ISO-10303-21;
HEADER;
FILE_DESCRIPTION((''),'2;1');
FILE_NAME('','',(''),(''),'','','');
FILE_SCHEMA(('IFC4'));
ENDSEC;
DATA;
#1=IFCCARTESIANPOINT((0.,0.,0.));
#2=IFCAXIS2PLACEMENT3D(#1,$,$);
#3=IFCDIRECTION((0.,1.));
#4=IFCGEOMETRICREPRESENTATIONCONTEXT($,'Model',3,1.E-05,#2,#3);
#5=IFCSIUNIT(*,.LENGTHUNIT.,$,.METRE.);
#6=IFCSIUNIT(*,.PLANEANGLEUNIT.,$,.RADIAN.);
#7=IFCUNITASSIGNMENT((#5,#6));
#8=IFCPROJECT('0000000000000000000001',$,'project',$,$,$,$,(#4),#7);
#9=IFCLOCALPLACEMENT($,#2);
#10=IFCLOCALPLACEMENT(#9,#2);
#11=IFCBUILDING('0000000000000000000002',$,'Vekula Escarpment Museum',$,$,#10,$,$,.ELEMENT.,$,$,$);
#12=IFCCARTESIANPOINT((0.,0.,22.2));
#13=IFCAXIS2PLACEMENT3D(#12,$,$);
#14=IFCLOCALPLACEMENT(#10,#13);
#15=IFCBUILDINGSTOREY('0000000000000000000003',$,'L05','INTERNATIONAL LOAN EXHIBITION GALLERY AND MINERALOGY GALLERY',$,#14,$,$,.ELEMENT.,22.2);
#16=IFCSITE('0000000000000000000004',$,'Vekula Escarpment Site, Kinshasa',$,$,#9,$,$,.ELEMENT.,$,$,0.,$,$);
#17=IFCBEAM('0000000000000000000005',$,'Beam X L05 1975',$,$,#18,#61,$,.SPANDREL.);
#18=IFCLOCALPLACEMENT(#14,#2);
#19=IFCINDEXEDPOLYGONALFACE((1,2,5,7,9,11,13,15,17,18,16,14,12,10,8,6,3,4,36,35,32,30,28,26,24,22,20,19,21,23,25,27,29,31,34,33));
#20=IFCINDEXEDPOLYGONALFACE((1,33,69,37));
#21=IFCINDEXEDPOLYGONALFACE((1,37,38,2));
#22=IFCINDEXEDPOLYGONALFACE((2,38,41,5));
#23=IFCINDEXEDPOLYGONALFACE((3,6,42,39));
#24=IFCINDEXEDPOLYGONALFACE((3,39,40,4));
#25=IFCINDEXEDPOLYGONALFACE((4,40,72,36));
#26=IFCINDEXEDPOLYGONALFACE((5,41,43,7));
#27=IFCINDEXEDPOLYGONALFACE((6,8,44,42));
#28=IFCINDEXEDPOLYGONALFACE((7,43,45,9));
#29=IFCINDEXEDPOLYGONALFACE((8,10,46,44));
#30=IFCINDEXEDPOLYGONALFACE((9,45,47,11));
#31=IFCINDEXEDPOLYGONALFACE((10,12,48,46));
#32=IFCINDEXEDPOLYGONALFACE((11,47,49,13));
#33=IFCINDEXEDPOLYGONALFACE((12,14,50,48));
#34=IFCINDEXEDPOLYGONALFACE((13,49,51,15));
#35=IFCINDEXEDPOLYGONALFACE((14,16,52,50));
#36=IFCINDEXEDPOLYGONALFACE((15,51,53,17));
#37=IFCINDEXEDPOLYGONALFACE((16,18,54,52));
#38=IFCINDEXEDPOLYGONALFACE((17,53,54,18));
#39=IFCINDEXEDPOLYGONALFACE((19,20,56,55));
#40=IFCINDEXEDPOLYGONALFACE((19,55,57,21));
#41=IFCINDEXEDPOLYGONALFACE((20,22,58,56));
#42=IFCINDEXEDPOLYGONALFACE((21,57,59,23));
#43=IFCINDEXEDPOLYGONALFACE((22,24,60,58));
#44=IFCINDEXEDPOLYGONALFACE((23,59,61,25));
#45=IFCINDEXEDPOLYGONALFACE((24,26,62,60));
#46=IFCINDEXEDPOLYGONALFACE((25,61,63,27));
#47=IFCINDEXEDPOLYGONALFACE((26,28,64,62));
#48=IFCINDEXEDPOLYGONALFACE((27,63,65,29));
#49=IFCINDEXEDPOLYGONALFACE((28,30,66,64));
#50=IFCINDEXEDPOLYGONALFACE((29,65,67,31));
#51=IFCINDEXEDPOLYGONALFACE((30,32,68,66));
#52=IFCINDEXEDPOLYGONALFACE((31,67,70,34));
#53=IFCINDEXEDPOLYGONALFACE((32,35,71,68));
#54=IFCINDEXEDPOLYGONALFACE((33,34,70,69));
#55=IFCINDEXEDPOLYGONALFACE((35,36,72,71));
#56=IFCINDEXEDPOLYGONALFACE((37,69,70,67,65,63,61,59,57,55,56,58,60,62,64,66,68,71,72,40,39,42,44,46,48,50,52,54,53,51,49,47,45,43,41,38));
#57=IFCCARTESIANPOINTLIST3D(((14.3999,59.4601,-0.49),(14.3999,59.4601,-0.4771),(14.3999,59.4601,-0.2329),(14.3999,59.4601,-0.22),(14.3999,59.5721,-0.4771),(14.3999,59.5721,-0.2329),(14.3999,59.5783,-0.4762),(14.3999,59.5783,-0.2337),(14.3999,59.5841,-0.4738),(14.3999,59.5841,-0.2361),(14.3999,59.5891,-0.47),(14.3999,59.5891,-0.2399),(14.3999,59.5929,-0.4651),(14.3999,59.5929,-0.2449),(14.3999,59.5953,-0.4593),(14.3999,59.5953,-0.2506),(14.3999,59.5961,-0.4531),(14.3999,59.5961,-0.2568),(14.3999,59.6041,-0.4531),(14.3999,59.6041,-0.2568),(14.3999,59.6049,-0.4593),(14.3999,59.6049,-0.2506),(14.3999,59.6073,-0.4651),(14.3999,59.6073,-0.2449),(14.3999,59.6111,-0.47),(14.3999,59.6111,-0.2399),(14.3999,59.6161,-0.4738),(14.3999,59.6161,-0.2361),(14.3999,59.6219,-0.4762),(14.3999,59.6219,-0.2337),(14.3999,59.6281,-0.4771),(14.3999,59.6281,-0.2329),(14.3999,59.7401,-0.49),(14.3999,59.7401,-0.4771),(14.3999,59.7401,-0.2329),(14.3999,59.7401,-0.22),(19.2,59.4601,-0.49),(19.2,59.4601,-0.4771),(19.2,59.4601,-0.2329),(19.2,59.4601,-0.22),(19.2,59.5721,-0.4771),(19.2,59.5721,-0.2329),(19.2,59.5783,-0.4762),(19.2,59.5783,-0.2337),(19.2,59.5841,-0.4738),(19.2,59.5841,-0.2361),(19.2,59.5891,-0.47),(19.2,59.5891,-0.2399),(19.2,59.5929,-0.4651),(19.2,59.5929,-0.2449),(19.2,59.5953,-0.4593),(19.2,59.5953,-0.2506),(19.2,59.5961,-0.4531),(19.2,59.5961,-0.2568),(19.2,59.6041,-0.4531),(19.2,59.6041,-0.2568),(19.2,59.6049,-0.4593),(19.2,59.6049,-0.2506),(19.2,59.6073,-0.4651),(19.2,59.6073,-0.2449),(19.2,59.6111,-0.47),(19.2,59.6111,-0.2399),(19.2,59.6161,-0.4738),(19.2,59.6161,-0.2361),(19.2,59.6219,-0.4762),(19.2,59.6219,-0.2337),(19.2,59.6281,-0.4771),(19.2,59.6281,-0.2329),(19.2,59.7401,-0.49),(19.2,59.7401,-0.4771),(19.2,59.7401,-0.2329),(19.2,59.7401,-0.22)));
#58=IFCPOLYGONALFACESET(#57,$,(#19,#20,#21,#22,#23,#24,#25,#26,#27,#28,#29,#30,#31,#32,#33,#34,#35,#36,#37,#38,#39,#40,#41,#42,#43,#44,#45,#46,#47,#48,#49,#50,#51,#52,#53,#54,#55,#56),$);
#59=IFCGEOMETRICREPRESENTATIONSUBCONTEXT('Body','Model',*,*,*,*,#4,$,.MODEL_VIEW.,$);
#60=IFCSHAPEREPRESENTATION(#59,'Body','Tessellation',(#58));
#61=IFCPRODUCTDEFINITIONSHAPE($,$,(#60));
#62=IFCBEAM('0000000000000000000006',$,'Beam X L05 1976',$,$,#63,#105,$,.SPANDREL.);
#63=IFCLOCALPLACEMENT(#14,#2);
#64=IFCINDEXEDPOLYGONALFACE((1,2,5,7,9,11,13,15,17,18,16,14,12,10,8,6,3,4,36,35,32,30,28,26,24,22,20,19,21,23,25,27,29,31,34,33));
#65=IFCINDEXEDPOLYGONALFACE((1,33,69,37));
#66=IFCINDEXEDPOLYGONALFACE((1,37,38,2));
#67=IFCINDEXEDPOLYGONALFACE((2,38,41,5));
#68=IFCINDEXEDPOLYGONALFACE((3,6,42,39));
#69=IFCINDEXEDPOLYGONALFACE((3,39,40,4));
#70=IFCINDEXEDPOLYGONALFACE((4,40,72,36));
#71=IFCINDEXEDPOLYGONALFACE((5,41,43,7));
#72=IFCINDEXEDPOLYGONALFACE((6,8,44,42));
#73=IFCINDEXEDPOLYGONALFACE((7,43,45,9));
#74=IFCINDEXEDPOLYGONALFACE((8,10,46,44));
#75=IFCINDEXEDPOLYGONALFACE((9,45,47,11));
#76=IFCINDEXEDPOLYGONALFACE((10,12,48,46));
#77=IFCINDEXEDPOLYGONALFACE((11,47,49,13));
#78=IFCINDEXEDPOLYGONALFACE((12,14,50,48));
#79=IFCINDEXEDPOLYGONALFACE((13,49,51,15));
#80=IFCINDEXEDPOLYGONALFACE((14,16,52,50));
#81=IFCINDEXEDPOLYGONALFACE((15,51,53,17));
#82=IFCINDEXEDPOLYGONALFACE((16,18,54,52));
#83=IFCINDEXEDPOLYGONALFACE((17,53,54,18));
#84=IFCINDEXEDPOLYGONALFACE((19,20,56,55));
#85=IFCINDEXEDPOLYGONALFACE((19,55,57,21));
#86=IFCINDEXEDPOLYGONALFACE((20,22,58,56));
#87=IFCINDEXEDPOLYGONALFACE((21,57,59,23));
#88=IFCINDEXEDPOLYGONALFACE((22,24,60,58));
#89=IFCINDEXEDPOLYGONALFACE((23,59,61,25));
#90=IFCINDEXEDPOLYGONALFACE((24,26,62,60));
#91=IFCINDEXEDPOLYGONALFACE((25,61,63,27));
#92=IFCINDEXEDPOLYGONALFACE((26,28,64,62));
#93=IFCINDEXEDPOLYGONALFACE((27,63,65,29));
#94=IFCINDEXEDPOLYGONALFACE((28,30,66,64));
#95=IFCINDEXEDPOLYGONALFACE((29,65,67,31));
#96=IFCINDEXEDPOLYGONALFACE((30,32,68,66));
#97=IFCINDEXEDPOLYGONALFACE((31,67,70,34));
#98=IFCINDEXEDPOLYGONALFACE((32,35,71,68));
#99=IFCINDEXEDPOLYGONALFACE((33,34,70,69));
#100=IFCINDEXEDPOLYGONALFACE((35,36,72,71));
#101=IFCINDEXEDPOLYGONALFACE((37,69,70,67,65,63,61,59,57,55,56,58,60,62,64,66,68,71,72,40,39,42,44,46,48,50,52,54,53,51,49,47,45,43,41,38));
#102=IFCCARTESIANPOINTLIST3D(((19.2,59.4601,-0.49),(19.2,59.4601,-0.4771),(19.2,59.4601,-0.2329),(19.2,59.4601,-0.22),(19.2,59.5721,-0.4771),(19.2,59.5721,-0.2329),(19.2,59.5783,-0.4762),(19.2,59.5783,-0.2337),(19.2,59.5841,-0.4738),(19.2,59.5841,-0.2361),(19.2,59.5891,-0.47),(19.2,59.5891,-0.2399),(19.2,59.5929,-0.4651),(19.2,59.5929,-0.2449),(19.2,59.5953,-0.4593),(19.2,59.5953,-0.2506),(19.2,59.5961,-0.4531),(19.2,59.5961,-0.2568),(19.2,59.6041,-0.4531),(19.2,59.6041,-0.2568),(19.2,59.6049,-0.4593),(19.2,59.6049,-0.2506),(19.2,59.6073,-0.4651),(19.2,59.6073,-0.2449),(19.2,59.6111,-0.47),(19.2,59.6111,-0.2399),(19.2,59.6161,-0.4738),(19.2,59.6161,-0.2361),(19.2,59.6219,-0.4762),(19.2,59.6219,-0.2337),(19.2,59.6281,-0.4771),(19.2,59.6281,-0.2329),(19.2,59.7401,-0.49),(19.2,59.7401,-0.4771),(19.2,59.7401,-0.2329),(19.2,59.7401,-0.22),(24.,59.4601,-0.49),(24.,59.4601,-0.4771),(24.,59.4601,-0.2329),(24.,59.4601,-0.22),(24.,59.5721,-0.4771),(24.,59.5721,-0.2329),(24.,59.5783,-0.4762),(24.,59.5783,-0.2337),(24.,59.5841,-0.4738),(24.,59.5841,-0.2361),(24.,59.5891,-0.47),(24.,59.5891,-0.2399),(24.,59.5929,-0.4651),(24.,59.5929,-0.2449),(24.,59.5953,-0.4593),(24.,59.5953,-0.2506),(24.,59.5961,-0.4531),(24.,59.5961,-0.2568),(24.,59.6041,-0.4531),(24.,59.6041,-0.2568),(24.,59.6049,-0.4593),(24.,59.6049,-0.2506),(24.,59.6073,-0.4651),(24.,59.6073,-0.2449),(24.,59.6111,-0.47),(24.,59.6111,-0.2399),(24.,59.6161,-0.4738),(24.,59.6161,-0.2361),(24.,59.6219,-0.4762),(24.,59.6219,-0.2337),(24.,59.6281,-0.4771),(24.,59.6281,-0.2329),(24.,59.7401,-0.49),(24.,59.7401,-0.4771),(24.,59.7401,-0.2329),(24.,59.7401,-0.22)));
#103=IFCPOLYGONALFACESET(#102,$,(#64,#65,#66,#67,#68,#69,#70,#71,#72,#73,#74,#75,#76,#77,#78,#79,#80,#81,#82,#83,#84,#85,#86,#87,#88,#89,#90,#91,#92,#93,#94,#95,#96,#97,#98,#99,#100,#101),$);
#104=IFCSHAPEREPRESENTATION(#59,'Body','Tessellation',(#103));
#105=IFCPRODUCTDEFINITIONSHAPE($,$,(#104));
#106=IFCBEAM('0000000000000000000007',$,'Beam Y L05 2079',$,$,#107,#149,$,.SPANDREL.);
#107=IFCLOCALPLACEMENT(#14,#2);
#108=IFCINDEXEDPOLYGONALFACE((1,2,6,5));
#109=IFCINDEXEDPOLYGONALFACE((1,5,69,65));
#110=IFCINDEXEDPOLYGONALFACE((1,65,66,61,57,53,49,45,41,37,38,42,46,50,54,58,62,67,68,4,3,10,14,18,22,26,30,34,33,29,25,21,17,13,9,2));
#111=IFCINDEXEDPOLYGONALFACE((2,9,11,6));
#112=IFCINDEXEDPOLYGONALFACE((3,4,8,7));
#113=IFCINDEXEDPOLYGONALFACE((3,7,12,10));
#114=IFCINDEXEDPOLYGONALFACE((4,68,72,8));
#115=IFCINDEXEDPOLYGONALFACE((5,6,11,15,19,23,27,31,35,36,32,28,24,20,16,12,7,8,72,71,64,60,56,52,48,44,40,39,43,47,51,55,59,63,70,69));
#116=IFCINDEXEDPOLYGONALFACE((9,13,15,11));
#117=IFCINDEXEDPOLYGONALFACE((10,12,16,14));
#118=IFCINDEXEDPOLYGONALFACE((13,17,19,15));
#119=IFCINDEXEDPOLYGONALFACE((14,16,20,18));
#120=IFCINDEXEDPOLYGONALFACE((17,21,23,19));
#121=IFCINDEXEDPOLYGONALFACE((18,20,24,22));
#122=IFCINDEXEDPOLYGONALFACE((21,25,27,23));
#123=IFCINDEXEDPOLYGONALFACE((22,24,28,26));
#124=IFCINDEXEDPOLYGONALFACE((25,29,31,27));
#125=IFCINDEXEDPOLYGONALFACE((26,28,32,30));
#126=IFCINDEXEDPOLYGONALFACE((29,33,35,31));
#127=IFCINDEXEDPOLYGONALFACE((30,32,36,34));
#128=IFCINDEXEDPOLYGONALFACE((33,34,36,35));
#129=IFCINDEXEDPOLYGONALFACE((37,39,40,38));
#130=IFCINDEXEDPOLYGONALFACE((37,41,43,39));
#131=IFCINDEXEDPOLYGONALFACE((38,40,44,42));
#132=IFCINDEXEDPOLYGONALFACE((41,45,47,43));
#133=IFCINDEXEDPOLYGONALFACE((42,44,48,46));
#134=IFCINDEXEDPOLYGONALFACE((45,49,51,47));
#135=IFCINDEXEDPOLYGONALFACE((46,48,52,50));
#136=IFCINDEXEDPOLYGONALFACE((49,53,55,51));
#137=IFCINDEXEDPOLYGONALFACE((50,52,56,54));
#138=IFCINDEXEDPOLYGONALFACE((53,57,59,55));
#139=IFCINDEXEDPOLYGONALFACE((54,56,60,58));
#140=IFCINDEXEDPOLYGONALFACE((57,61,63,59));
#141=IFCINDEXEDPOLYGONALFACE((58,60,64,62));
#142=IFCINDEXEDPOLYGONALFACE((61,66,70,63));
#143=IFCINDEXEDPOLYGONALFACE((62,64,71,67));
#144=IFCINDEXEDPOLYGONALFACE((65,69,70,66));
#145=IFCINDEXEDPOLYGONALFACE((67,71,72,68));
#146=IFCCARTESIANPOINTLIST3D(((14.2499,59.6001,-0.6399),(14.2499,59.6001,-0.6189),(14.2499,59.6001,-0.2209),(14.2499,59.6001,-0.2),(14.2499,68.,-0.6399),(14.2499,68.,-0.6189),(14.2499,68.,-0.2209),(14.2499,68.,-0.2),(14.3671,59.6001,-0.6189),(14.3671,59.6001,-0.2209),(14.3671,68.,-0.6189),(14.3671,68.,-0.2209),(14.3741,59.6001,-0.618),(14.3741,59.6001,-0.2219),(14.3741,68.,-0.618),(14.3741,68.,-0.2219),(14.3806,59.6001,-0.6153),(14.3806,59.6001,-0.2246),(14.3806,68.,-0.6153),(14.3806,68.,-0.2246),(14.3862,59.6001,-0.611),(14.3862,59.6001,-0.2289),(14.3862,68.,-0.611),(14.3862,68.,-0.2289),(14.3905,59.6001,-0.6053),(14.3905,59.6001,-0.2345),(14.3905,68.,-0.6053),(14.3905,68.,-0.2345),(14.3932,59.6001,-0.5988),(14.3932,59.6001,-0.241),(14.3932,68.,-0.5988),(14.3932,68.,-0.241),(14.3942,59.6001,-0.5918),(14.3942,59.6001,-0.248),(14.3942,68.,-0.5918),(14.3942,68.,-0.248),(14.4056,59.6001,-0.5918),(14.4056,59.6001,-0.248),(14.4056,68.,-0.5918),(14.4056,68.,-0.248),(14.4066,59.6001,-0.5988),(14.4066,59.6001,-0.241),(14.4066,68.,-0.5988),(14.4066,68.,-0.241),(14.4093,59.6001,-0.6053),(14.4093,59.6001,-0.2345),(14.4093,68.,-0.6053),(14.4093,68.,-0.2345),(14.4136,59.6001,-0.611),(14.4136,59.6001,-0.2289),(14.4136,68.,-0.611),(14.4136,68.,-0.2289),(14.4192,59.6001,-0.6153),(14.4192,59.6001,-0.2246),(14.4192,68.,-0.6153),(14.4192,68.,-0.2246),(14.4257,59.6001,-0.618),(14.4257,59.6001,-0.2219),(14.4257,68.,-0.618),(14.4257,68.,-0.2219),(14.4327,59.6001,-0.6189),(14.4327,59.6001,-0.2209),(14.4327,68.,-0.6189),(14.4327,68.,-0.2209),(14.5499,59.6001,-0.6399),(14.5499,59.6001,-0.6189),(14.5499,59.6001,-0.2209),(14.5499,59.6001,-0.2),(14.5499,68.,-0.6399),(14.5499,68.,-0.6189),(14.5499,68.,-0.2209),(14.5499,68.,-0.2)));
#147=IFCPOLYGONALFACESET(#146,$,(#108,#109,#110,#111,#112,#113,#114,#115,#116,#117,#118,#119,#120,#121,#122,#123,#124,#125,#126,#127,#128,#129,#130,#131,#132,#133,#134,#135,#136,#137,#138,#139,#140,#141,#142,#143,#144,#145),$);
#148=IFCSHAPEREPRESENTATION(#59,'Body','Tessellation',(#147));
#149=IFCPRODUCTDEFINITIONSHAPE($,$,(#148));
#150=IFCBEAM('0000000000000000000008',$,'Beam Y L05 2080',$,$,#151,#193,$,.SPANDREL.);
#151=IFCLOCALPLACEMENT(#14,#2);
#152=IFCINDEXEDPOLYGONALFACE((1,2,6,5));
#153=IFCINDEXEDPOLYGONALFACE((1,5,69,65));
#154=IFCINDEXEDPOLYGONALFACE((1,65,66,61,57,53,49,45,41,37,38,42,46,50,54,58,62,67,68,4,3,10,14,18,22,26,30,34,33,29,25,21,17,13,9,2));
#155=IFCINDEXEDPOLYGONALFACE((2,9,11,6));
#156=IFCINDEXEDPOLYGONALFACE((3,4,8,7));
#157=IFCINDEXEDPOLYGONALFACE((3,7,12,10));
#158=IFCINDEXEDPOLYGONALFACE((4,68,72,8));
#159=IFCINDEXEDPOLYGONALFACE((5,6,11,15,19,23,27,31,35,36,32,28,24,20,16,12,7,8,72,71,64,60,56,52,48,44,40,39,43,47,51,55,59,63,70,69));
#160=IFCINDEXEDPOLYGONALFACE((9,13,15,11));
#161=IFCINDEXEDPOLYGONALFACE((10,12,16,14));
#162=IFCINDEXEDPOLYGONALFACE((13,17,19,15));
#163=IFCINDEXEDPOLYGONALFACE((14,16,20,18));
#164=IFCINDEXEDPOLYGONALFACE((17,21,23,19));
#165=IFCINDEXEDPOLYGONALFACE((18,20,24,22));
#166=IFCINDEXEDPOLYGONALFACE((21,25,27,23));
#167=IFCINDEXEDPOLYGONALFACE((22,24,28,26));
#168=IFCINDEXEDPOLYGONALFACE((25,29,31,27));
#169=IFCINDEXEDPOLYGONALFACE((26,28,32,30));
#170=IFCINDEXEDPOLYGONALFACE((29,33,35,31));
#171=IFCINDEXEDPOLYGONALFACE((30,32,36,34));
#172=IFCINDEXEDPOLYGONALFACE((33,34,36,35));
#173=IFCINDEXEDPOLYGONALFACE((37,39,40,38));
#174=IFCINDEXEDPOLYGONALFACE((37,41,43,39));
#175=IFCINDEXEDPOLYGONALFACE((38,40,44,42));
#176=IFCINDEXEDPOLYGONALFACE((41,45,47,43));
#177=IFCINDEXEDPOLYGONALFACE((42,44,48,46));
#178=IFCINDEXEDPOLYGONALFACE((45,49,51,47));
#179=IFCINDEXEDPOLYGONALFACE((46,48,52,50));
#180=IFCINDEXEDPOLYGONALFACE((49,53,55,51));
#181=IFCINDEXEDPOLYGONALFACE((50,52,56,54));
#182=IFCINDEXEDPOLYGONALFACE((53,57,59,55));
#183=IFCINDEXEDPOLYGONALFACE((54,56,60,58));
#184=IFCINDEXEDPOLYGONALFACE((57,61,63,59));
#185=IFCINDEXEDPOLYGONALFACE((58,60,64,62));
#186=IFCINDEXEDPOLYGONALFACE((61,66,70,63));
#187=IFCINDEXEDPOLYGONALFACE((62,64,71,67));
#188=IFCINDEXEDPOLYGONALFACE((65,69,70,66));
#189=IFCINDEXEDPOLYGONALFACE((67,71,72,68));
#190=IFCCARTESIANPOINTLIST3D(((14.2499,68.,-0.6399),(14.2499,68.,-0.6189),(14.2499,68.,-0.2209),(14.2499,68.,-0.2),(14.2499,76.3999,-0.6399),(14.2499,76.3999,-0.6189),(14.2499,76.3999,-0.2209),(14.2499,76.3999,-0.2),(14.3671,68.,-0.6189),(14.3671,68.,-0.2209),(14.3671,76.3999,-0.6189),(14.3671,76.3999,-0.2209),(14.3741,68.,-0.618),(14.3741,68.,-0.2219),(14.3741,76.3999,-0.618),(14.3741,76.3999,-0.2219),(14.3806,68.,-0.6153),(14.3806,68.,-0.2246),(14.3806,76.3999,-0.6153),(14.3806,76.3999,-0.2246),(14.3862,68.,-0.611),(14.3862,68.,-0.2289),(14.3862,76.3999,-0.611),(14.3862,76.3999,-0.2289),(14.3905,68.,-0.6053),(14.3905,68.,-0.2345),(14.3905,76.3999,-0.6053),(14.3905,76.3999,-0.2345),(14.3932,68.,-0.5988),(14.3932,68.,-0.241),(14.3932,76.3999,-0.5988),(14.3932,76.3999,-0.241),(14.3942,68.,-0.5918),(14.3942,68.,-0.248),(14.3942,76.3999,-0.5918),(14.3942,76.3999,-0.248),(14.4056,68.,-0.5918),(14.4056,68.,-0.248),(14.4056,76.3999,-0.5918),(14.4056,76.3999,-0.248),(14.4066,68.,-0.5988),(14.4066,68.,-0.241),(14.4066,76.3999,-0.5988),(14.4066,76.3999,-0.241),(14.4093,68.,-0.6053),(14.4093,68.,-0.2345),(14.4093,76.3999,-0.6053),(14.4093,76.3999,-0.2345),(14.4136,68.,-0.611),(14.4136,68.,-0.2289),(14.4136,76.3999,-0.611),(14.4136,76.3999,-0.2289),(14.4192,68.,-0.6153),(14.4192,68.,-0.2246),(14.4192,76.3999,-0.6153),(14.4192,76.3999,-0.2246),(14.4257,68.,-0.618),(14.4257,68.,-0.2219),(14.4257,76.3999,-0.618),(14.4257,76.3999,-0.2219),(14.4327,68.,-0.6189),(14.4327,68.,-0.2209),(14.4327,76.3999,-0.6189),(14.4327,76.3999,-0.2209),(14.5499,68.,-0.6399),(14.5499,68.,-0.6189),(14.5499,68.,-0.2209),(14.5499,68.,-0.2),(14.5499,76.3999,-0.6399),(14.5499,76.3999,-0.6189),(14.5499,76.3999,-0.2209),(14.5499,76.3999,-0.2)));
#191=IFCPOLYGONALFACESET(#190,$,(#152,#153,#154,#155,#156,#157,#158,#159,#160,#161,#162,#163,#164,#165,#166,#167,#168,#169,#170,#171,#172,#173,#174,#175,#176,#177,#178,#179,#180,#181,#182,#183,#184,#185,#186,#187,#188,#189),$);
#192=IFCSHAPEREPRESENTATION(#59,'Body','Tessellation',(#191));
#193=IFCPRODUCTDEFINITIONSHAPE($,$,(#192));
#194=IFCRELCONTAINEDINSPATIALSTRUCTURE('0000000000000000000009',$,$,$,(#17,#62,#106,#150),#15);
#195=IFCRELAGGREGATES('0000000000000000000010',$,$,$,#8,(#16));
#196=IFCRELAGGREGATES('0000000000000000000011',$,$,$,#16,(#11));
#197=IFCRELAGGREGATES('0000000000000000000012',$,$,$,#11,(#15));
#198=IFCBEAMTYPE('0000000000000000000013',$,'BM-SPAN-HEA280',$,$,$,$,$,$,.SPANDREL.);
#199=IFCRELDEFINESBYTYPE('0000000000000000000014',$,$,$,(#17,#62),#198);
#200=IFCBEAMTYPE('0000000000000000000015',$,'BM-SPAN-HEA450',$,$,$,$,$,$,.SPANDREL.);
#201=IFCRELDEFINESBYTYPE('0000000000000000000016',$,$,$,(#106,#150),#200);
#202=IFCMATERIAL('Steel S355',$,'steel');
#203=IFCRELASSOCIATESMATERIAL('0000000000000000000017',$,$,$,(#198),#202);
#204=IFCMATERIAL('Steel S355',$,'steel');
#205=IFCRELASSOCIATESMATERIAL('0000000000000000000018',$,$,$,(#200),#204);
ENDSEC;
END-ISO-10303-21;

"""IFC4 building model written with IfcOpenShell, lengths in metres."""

from ifc_helpers import new_model, si_unit, direction, frame, origin, origin_2d, place, context, subcontext, project, spatial, i_section, extrude, material, material_profile, profile_set, type_object, element, save


model = new_model("IFC4")

# Units and contexts
model_context = context("Model", 3, precision=1e-05, world=origin(), true_north=direction((0.0, 1.0)))
body_context = subcontext(model_context, "Body", "Model", "MODEL_VIEW")
ifc_project = project(units=[si_unit("LENGTHUNIT", "METRE"), si_unit("PLANEANGLEUNIT", "RADIAN")], contexts=[model_context])

# Site, building, storey
site_placement = place(None, origin())
site = spatial("IfcSite", under=ifc_project, at=site_placement, Name="Vekula Escarpment Site, Kinshasa", CompositionType="ELEMENT", RefElevation=0.0)
building_placement = place(site_placement, origin())
building = spatial("IfcBuilding", under=site, at=building_placement, Name="Vekula Escarpment Museum", CompositionType="ELEMENT")
storey_placement = place(building_placement, frame((0.0, 0.0, 22.2)))
storey = spatial("IfcBuildingStorey", under=building, at=storey_placement, Name="L05", Description="INTERNATIONAL LOAN EXHIBITION GALLERY AND MINERALOGY GALLERY", CompositionType="ELEMENT", Elevation=22.2)

# Beams
ifc_material_1 = material(Name="Steel S355", Category="steel")
ifc_material_profile_1 = material_profile(ifc_material_1, i_section(OverallWidth=0.28, OverallDepth=0.27, WebThickness=0.0081, FlangeThickness=0.0129, FilletRadius=0.0239, at=origin_2d()), Name="HEA 280")
ifc_profile_set_1 = profile_set([ifc_material_profile_1], Name="Steel S355")
beam_type_1 = type_object("IfcBeamType", Name="BM-SPAN-HEA280", PredefinedType="SPANDREL", material=ifc_profile_set_1)
for number, where, z_axis, x_axis, name in (
    (1, (14.3999, 59.6001, -0.355), (1.0, 0.0, 0.0), (0.0, 1.0, 0.0), "Beam X L05 1975"),
    (2, (19.2, 59.6001, -0.355), (1.0, 0.0, 0.0), (0.0, 1.0, 0.0), "Beam X L05 1976"),
):
    element("IfcBeam", number, at=place(storey_placement, frame(where, z_axis=z_axis, x_axis=x_axis)), inside=storey, type_object=beam_type_1, Name=name, PredefinedType="SPANDREL", context=body_context, shape_type="SweptSolid", body=[
        extrude(i_section(OverallWidth=0.28, OverallDepth=0.27, WebThickness=0.0081, FlangeThickness=0.0129, FilletRadius=0.0239, at=origin_2d()), origin(), (0.0, 0.0, 1.0), 4.8),
    ])
ifc_material_2 = material(Name="Steel S355", Category="steel")
ifc_material_profile_2 = material_profile(ifc_material_2, i_section(OverallWidth=0.3, OverallDepth=0.4399, WebThickness=0.0115, FlangeThickness=0.021, FilletRadius=0.0271, at=origin_2d()), Name="HEA 450")
ifc_profile_set_2 = profile_set([ifc_material_profile_2], Name="Steel S355")
beam_type_2 = type_object("IfcBeamType", Name="BM-SPAN-HEA450", PredefinedType="SPANDREL", material=ifc_profile_set_2)
for number, where, z_axis, x_axis, name in (
    (3, (14.3999, 59.6001, -0.4199), (0.0, 1.0, 0.0), (-1.0, 0.0, 0.0), "Beam Y L05 2079"),
    (4, (14.3999, 68.0, -0.4199), (0.0, 1.0, 0.0), (-1.0, 0.0, 0.0), "Beam Y L05 2080"),
):
    element("IfcBeam", number, at=place(storey_placement, frame(where, z_axis=z_axis, x_axis=x_axis)), inside=storey, type_object=beam_type_2, Name=name, PredefinedType="SPANDREL", context=body_context, shape_type="SweptSolid", body=[
        extrude(i_section(OverallWidth=0.3, OverallDepth=0.4399, WebThickness=0.0115, FlangeThickness=0.021, FilletRadius=0.0271, at=origin_2d()), origin(), (0.0, 0.0, 1.0), 8.3999),
    ])

save(model, "model.ifc")
